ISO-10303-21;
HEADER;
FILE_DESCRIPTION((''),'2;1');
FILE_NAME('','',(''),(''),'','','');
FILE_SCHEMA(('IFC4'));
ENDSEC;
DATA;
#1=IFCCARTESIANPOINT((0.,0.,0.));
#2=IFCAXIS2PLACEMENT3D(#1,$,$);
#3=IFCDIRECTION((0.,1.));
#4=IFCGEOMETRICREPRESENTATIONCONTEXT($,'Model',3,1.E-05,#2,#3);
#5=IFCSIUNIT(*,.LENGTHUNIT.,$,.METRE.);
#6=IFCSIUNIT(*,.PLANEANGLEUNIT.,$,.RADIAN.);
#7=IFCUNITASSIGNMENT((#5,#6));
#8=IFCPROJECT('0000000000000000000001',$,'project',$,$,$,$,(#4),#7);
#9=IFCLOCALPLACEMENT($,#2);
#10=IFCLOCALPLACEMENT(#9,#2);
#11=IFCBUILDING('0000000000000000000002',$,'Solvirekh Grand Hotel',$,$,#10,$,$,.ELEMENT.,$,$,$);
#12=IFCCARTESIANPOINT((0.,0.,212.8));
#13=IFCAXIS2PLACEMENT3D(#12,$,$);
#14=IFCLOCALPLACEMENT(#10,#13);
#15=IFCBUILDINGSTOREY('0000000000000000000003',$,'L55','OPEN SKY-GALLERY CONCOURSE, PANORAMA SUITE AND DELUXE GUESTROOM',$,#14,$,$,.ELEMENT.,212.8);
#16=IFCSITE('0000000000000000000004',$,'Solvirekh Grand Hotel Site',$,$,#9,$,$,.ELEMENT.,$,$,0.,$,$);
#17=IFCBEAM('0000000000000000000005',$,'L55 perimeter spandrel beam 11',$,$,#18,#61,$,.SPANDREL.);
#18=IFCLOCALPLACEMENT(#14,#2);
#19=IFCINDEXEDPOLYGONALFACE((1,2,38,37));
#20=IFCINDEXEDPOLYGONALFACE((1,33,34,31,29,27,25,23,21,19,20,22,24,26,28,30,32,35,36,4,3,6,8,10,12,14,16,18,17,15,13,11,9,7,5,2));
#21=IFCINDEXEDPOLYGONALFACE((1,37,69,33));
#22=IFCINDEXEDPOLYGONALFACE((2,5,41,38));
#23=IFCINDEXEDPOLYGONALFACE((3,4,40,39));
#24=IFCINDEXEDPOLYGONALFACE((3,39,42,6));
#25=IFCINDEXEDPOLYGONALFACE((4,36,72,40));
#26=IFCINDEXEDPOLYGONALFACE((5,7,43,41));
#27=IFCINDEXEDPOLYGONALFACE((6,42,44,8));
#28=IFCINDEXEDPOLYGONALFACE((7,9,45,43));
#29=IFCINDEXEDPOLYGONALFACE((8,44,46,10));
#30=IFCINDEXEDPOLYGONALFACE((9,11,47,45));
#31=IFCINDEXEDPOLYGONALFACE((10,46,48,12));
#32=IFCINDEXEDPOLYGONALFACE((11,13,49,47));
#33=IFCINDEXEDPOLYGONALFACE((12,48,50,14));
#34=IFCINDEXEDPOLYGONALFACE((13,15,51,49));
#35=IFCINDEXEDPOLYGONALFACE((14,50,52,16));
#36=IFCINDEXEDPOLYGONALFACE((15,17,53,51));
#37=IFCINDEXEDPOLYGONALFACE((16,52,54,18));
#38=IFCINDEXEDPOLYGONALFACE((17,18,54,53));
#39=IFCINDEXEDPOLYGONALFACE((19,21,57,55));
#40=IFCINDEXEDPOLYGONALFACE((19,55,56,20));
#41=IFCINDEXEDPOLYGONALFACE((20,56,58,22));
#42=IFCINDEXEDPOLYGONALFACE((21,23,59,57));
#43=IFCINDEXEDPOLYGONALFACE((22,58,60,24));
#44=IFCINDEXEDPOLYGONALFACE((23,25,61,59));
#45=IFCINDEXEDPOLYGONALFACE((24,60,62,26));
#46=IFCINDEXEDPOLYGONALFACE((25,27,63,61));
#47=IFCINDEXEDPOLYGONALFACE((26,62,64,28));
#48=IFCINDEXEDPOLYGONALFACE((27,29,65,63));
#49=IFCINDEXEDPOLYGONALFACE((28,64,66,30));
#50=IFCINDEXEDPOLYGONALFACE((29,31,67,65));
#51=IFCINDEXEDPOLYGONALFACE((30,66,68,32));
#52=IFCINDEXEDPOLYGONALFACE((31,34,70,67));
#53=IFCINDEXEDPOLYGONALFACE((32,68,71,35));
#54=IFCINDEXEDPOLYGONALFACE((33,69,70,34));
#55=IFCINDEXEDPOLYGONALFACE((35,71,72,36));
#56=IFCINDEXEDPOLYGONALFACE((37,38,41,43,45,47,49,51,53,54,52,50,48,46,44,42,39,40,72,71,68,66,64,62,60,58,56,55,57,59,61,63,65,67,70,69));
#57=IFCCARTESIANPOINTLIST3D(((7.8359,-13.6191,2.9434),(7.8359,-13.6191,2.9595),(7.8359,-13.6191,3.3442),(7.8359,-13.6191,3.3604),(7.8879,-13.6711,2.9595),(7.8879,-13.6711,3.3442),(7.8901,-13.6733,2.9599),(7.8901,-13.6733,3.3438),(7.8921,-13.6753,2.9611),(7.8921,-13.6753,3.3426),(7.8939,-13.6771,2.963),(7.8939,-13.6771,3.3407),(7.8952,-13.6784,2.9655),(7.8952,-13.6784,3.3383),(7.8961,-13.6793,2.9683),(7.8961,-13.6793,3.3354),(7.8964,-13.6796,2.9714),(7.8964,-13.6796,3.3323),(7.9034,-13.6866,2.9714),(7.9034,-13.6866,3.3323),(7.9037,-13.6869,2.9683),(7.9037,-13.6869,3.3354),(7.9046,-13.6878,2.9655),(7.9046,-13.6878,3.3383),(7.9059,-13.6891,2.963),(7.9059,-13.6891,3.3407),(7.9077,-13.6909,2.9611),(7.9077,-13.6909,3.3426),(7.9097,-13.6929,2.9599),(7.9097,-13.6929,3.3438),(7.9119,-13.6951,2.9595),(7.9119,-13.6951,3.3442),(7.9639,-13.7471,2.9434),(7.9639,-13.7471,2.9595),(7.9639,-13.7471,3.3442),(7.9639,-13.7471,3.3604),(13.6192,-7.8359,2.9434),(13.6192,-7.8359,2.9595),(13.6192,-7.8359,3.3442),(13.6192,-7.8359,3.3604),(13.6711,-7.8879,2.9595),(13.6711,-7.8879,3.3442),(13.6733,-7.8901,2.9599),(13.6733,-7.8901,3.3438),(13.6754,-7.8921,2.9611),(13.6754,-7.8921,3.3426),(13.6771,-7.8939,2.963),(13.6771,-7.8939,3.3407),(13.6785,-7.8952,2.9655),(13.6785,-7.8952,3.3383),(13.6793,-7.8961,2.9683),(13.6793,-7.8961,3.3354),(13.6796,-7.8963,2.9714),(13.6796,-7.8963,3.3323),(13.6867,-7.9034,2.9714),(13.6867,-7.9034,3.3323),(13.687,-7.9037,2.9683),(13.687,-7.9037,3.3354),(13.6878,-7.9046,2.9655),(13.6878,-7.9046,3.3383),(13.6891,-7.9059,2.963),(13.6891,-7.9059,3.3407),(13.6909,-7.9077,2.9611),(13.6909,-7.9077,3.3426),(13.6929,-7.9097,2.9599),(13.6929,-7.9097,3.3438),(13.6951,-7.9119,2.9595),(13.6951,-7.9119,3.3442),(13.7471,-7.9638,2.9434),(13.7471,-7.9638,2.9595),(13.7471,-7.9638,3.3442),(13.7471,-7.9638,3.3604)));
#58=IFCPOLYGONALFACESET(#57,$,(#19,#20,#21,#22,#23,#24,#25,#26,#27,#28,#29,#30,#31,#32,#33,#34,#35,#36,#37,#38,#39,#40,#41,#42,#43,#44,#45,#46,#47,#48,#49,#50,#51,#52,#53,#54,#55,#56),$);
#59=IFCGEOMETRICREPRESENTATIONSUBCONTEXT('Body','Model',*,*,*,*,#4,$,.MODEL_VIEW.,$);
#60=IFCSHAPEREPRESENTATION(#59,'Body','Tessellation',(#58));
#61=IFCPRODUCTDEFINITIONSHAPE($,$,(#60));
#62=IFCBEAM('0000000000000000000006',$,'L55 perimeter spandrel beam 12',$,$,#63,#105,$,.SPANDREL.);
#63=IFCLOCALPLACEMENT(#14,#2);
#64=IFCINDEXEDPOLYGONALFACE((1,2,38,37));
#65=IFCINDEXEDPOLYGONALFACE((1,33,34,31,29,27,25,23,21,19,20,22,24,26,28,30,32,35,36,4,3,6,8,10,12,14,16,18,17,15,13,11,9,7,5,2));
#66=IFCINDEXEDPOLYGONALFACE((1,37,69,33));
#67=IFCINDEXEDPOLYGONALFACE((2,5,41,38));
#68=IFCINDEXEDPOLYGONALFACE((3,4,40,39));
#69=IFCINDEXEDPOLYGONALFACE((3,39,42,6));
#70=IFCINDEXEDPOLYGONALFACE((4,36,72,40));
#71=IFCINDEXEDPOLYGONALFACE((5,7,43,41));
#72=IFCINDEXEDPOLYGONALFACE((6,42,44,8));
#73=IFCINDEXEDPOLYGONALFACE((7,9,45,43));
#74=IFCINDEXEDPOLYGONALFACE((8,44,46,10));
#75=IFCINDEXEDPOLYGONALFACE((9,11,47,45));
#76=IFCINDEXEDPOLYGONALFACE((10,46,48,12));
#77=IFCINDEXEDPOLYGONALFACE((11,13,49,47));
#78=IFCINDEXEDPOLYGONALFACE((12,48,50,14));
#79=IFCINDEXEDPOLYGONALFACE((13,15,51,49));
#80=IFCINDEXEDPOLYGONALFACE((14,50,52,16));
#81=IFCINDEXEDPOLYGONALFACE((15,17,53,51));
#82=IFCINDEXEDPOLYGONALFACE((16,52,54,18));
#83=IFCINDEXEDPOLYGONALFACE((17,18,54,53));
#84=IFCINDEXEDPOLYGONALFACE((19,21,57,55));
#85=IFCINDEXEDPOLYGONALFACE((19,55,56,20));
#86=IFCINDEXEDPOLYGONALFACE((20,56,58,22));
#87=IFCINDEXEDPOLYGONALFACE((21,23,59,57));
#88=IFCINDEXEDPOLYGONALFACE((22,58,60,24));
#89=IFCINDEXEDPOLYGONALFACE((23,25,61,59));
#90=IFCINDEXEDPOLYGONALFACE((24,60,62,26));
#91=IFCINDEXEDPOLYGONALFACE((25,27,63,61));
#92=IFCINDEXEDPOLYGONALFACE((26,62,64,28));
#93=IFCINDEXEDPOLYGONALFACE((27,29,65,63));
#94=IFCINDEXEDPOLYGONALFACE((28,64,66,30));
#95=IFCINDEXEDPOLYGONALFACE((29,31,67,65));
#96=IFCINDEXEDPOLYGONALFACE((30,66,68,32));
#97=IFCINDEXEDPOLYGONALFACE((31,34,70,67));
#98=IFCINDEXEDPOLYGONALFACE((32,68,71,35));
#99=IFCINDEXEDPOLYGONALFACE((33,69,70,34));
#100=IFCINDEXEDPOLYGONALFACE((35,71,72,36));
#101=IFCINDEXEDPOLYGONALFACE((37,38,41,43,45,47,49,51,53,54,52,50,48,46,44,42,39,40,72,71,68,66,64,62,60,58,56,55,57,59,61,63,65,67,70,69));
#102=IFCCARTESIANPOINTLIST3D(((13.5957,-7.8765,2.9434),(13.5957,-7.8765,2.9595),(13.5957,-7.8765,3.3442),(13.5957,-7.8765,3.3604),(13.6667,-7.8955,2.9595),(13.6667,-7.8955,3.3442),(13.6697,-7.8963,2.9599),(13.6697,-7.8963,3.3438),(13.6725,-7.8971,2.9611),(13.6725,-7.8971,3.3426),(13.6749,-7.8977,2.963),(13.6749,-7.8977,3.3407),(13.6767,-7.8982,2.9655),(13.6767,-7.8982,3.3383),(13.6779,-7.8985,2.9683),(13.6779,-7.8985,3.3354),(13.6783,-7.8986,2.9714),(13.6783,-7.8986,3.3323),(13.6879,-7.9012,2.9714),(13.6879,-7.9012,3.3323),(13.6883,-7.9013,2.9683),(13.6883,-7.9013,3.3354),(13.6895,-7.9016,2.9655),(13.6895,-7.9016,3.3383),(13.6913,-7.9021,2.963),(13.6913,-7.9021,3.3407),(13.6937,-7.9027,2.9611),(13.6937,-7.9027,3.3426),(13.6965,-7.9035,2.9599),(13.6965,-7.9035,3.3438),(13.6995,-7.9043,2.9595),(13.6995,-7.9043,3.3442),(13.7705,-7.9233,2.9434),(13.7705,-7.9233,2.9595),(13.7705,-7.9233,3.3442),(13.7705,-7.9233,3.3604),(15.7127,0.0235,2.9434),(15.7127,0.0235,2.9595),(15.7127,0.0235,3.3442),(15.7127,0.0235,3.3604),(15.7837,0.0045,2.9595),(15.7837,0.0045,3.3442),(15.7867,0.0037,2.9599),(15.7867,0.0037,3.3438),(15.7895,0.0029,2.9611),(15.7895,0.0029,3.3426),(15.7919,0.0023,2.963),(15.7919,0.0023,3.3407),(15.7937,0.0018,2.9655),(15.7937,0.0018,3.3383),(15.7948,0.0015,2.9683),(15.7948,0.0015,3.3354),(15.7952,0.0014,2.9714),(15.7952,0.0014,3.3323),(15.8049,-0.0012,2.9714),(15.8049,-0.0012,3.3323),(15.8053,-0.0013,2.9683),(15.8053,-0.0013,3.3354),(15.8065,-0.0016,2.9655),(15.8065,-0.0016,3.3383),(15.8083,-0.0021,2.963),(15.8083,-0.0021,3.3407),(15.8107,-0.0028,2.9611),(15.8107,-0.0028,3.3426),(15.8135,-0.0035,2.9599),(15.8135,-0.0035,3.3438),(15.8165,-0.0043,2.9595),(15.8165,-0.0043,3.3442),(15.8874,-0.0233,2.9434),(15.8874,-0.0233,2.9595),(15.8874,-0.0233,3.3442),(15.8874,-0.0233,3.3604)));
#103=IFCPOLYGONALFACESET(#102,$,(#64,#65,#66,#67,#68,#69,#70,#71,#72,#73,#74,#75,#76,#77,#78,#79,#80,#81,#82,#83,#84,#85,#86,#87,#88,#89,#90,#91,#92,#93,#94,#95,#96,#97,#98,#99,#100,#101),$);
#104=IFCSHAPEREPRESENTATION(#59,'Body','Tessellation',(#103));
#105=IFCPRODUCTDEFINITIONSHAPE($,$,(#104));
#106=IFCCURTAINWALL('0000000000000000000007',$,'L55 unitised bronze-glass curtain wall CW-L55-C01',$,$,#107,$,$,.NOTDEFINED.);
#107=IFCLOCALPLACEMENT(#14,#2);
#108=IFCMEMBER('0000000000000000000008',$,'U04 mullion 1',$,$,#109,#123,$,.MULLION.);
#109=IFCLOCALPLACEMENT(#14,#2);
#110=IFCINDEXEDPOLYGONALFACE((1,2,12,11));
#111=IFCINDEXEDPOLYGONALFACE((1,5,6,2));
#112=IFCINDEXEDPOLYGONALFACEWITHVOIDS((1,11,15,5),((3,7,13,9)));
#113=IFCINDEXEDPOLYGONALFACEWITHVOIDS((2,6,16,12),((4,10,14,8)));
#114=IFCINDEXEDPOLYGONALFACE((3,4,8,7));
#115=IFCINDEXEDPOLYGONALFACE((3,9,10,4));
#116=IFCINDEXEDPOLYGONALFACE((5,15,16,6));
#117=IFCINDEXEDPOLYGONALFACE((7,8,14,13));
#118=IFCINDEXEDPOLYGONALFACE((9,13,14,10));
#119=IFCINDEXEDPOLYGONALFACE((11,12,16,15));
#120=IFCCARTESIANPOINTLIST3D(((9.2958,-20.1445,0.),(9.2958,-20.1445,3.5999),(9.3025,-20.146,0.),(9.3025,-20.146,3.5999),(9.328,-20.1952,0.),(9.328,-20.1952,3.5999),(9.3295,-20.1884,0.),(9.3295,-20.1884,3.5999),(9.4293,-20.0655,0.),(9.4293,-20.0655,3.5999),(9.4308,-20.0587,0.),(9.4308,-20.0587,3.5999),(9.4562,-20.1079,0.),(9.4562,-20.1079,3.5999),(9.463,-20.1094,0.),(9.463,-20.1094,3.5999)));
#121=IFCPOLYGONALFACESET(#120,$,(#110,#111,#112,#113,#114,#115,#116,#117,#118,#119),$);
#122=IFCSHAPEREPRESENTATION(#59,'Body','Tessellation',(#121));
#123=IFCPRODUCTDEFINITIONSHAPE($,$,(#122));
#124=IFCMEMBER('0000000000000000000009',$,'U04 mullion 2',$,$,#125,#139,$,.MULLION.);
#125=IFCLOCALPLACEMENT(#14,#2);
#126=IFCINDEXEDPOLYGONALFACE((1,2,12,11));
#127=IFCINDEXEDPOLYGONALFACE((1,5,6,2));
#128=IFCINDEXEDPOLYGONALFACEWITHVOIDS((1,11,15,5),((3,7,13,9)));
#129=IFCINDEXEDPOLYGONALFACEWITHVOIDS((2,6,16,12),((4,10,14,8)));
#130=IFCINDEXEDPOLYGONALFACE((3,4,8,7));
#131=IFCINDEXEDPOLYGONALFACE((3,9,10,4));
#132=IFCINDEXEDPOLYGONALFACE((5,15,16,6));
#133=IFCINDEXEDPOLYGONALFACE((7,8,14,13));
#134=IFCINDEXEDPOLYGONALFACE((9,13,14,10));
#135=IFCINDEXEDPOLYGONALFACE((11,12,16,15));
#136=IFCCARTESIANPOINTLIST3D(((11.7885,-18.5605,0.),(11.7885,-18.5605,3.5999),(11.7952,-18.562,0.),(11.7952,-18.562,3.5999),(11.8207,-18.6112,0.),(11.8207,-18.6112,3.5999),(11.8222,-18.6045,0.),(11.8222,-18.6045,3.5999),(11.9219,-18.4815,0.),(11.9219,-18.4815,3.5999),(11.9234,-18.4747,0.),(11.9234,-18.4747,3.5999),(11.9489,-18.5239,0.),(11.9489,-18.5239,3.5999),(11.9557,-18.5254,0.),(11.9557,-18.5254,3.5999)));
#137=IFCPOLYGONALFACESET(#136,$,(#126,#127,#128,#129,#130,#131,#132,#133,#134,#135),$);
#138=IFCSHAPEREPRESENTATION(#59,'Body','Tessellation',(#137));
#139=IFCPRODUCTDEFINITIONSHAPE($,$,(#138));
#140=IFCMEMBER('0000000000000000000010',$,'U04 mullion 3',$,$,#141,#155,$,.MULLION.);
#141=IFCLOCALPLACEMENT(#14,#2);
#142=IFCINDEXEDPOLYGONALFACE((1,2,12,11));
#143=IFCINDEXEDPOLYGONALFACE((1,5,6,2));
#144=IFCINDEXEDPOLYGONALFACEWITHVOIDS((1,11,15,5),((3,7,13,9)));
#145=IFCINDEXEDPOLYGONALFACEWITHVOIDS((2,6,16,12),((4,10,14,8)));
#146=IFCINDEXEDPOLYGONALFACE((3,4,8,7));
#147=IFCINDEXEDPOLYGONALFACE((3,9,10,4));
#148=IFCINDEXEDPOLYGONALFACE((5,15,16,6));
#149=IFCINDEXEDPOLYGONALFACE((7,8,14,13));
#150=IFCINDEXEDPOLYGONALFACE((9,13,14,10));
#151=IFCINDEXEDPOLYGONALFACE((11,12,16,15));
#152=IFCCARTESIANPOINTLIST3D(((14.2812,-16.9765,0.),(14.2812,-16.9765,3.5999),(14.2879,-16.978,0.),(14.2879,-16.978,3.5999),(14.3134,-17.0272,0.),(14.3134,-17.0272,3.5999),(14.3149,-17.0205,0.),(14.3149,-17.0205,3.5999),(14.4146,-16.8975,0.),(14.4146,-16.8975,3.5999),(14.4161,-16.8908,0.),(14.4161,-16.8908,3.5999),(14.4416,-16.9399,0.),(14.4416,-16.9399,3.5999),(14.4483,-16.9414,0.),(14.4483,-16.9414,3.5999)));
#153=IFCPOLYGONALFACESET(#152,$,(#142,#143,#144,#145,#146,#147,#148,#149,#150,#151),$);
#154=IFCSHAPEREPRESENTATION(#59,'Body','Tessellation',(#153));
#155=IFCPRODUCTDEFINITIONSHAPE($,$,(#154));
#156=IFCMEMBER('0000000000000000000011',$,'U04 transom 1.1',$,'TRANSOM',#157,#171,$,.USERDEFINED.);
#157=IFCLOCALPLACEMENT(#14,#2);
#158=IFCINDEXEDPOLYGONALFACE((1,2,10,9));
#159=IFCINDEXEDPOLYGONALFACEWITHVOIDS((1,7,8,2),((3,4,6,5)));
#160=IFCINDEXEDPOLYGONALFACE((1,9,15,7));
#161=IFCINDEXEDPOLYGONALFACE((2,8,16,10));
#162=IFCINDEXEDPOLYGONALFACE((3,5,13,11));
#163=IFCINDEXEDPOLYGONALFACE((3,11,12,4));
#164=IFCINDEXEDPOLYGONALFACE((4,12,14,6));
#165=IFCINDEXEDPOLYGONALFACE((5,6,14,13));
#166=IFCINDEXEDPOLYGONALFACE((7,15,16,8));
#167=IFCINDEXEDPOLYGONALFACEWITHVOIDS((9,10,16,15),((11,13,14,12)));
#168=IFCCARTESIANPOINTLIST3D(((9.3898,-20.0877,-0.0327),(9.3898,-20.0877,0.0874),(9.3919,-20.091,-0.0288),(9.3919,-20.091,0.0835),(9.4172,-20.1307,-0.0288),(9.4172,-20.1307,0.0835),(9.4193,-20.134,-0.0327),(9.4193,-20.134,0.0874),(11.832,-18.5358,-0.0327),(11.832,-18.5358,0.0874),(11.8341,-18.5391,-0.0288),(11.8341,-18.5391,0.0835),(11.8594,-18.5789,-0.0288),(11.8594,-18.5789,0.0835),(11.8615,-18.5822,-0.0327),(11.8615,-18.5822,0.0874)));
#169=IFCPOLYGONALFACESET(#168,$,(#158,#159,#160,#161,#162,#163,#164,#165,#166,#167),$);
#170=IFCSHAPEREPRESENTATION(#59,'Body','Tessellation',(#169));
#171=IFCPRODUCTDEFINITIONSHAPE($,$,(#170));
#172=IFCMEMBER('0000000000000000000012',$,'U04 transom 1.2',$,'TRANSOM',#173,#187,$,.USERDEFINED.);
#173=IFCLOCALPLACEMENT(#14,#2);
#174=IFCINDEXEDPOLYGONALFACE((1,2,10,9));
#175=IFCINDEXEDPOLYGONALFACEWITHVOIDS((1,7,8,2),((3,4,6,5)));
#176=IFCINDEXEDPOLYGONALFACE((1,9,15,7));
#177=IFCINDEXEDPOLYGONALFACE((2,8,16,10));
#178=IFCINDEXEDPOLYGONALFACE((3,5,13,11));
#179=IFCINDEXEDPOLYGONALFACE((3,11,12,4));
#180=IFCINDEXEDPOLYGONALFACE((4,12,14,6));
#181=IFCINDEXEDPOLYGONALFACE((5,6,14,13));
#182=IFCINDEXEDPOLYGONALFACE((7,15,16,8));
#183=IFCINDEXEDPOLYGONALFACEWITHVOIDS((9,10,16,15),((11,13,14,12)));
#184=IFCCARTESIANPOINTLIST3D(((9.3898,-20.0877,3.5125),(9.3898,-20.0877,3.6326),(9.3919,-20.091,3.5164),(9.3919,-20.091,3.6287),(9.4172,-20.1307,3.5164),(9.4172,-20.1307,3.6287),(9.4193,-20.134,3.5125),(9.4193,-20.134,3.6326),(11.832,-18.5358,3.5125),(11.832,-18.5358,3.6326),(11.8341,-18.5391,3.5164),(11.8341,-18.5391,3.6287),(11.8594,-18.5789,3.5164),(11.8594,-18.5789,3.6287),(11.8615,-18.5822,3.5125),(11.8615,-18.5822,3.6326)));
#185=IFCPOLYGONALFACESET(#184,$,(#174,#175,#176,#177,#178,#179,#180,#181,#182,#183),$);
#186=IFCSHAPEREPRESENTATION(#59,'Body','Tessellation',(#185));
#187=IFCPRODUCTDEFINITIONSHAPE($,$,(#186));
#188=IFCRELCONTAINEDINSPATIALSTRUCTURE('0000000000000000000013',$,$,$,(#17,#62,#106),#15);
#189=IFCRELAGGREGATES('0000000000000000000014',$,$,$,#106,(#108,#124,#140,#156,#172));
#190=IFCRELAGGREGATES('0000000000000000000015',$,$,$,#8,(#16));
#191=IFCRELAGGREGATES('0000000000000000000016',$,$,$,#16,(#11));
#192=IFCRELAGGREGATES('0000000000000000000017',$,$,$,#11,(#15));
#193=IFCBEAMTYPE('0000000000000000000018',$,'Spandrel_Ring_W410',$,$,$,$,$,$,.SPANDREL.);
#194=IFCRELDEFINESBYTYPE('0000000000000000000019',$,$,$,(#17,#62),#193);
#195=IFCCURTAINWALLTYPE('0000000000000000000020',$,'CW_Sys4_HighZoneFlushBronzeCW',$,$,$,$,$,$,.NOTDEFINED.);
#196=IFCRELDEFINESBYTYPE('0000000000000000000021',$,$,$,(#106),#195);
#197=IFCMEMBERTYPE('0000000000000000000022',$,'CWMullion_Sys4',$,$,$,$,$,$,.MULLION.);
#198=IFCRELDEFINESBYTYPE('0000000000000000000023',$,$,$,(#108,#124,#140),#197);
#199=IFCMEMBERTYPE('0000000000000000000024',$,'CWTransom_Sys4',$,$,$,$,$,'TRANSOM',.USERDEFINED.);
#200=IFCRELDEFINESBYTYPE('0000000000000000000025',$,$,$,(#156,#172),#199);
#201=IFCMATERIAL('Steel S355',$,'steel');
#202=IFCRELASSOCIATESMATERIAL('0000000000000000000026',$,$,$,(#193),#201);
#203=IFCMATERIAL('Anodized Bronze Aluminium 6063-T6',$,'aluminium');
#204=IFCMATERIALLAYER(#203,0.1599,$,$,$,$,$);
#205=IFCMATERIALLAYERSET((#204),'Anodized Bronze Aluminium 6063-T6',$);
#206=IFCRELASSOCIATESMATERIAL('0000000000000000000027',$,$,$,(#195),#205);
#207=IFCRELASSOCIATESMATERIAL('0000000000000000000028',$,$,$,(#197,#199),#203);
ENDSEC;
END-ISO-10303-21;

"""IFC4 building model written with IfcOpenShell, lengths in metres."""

from ifc_helpers import new_model, si_unit, direction, frame, origin, origin_2d, place, context, subcontext, project, spatial, hollow_rectangle, i_section, extrude, source, transform, mapped, material, layer, layer_set, material_profile, profile_set, type_object, element, aggregate, save


model = new_model("IFC4")

# Units and contexts
model_context = context("Model", 3, precision=1e-05, world=origin(), true_north=direction((0.0, 1.0)))
body_context = subcontext(model_context, "Body", "Model", "MODEL_VIEW")
ifc_project = project(units=[si_unit("LENGTHUNIT", "METRE"), si_unit("PLANEANGLEUNIT", "RADIAN")], contexts=[model_context])

# Site, building, storey
site_placement = place(None, origin())
site = spatial("IfcSite", under=ifc_project, at=site_placement, Name="Solvirekh Grand Hotel Site", CompositionType="ELEMENT", RefElevation=0.0)
building_placement = place(site_placement, origin())
building = spatial("IfcBuilding", under=site, at=building_placement, Name="Solvirekh Grand Hotel", CompositionType="ELEMENT")
storey_placement = place(building_placement, frame((0.0, 0.0, 212.8)))
storey = spatial("IfcBuildingStorey", under=building, at=storey_placement, Name="L55", Description="OPEN SKY-GALLERY CONCOURSE, PANORAMA SUITE AND DELUXE GUESTROOM", CompositionType="ELEMENT", Elevation=212.8)

# Beams
ifc_material_1 = material(Name="Steel S355", Category="steel")
ifc_material_profile_1 = material_profile(ifc_material_1, i_section(OverallWidth=0.1809, OverallDepth=0.417, WebThickness=0.01, FlangeThickness=0.0161, FilletRadius=0.012, at=origin_2d()), Name="W410X85")
ifc_profile_set_1 = profile_set([ifc_material_profile_1], Name="Steel S355")
beam_type_1 = type_object("IfcBeamType", Name="Spandrel_Ring_W410", PredefinedType="SPANDREL", material=ifc_profile_set_1)
for number, where, z_axis, x_axis, name in (
    (1, (7.8999, -13.6831, 3.1519), (0.707107, 0.707107, 0.0), (-0.707107, 0.707107, 0.0), "L55 perimeter spandrel beam 11"),
    (2, (13.6831, -7.8999, 3.1519), (0.258839, 0.965921, 0.0), (-0.965921, 0.258839, 0.0), "L55 perimeter spandrel beam 12"),
):
    element("IfcBeam", number, at=place(storey_placement, frame(where, z_axis=z_axis, x_axis=x_axis)), inside=storey, type_object=beam_type_1, Name=name, PredefinedType="SPANDREL", context=body_context, shape_type="SweptSolid", body=[
        extrude(i_section(OverallWidth=0.1809, OverallDepth=0.417, WebThickness=0.01, FlangeThickness=0.0161, FilletRadius=0.012, at=origin_2d()), origin(), (0.0, 0.0, 1.0), 8.1787),
    ])

# Curtain wall, members
ifc_material_2 = material(Name="Anodized Bronze Aluminium 6063-T6", Category="aluminium")
ifc_layer_1 = layer(ifc_material_2, 0.1599)
ifc_layer_set_1 = layer_set([ifc_layer_1], Name="Anodized Bronze Aluminium 6063-T6")
curtain_wall_type = type_object("IfcCurtainWallType", Name="CW_Sys4_HighZoneFlushBronzeCW", PredefinedType="NOTDEFINED", material=ifc_layer_set_1)
curtain_wall_placement = place(storey_placement, origin())
curtain_wall = element("IfcCurtainWall", 3, at=curtain_wall_placement, inside=storey, type_object=curtain_wall_type, Name="L55 unitised bronze-glass curtain wall CW-L55-C01", PredefinedType="NOTDEFINED")
ifc_material_profile_2 = material_profile(ifc_material_2, hollow_rectangle(XDim=0.0601, YDim=0.1599, WallThickness=0.0049, at=origin_2d()), Name="ALU RHS 160X60X5")
ifc_profile_set_2 = profile_set([ifc_material_profile_2], Name="Anodized Bronze Aluminium 6063-T6")
member_type_1 = type_object("IfcMemberType", Name="CWMullion_Sys4", PredefinedType="MULLION", material=ifc_profile_set_2)
shared_shape_1 = source(origin(), body_context, "Body", "SweptSolid", [
    extrude(hollow_rectangle(XDim=0.0601, YDim=0.1599, WallThickness=0.0049, at=origin_2d()), origin(), (0.0, 0.0, 1.0), 3.5999),
])
member_1_placement = place(storey_placement, frame((9.3794, -20.127, 0.0), z_axis=(0.0, 0.0, 1.0), x_axis=(-0.536311, 0.84402, 0.0)))
member_1 = element("IfcMember", 4, at=member_1_placement, type_object=member_type_1, Name="U04 mullion 1", PredefinedType="MULLION", context=body_context, shape_type="MappedRepresentation", body=[
    mapped(shared_shape_1, transform((0.0, 0.0, 0.0), x_axis=(1.0, 0.0, 0.0), y_axis=(0.0, 1.0, 0.0), z_axis=(0.0, 0.0, 1.0), scale=1.0)),
])
member_2_placement = place(storey_placement, frame((11.8721, -18.543, 0.0), z_axis=(0.0, 0.0, 1.0), x_axis=(-0.536311, 0.84402, 0.0)))
member_2 = element("IfcMember", 5, at=member_2_placement, type_object=member_type_1, Name="U04 mullion 2", PredefinedType="MULLION", context=body_context, shape_type="MappedRepresentation", body=[
    mapped(shared_shape_1, transform((0.0, 0.0, 0.0), x_axis=(1.0, 0.0, 0.0), y_axis=(0.0, 1.0, 0.0), z_axis=(0.0, 0.0, 1.0), scale=1.0)),
])
member_3_placement = place(storey_placement, frame((14.3647, -16.959, 0.0), z_axis=(0.0, 0.0, 1.0), x_axis=(-0.536311, 0.84402, 0.0)))
member_3 = element("IfcMember", 6, at=member_3_placement, type_object=member_type_1, Name="U04 mullion 3", PredefinedType="MULLION", context=body_context, shape_type="MappedRepresentation", body=[
    mapped(shared_shape_1, transform((0.0, 0.0, 0.0), x_axis=(1.0, 0.0, 0.0), y_axis=(0.0, 1.0, 0.0), z_axis=(0.0, 0.0, 1.0), scale=1.0)),
])
ifc_material_profile_3 = material_profile(ifc_material_2, hollow_rectangle(XDim=0.0549, YDim=0.1201, WallThickness=0.0039, at=origin_2d()), Name="ALU RHS 120X55X4")
ifc_profile_set_3 = profile_set([ifc_material_profile_3], Name="Anodized Bronze Aluminium 6063-T6")
member_type_2 = type_object("IfcMemberType", Name="CWTransom_Sys4", ElementType="TRANSOM", PredefinedType="USERDEFINED", material=ifc_profile_set_3)
shared_shape_2 = source(origin(), body_context, "Body", "SweptSolid", [
    extrude(hollow_rectangle(XDim=0.0549, YDim=0.1201, WallThickness=0.0039, at=origin_2d()), origin(), (0.0, 0.0, 1.0), 2.8936),
])
member_4_placement = place(storey_placement, frame((9.4045, -20.1108, 0.0273), z_axis=(0.844026, 0.536302, 0.0), x_axis=(-0.536302, 0.844026, 0.0)))
member_4 = element("IfcMember", 7, at=member_4_placement, type_object=member_type_2, Name="U04 transom 1.1", ObjectType="TRANSOM", PredefinedType="USERDEFINED", context=body_context, shape_type="MappedRepresentation", body=[
    mapped(shared_shape_2, transform((0.0, 0.0, 0.0), x_axis=(1.0, 0.0, 0.0), y_axis=(0.0, 1.0, 0.0), z_axis=(0.0, 0.0, 1.0), scale=1.0)),
])
member_5_placement = place(storey_placement, frame((9.4045, -20.1108, 3.5725), z_axis=(0.844026, 0.536302, 0.0), x_axis=(-0.536302, 0.844026, 0.0)))
member_5 = element("IfcMember", 8, at=member_5_placement, type_object=member_type_2, Name="U04 transom 1.2", ObjectType="TRANSOM", PredefinedType="USERDEFINED", context=body_context, shape_type="MappedRepresentation", body=[
    mapped(shared_shape_2, transform((0.0, 0.0, 0.0), x_axis=(1.0, 0.0, 0.0), y_axis=(0.0, 1.0, 0.0), z_axis=(0.0, 0.0, 1.0), scale=1.0)),
])
aggregate(curtain_wall, [member_1, member_2, member_3, member_4, member_5])

save(model, "model.ifc")
